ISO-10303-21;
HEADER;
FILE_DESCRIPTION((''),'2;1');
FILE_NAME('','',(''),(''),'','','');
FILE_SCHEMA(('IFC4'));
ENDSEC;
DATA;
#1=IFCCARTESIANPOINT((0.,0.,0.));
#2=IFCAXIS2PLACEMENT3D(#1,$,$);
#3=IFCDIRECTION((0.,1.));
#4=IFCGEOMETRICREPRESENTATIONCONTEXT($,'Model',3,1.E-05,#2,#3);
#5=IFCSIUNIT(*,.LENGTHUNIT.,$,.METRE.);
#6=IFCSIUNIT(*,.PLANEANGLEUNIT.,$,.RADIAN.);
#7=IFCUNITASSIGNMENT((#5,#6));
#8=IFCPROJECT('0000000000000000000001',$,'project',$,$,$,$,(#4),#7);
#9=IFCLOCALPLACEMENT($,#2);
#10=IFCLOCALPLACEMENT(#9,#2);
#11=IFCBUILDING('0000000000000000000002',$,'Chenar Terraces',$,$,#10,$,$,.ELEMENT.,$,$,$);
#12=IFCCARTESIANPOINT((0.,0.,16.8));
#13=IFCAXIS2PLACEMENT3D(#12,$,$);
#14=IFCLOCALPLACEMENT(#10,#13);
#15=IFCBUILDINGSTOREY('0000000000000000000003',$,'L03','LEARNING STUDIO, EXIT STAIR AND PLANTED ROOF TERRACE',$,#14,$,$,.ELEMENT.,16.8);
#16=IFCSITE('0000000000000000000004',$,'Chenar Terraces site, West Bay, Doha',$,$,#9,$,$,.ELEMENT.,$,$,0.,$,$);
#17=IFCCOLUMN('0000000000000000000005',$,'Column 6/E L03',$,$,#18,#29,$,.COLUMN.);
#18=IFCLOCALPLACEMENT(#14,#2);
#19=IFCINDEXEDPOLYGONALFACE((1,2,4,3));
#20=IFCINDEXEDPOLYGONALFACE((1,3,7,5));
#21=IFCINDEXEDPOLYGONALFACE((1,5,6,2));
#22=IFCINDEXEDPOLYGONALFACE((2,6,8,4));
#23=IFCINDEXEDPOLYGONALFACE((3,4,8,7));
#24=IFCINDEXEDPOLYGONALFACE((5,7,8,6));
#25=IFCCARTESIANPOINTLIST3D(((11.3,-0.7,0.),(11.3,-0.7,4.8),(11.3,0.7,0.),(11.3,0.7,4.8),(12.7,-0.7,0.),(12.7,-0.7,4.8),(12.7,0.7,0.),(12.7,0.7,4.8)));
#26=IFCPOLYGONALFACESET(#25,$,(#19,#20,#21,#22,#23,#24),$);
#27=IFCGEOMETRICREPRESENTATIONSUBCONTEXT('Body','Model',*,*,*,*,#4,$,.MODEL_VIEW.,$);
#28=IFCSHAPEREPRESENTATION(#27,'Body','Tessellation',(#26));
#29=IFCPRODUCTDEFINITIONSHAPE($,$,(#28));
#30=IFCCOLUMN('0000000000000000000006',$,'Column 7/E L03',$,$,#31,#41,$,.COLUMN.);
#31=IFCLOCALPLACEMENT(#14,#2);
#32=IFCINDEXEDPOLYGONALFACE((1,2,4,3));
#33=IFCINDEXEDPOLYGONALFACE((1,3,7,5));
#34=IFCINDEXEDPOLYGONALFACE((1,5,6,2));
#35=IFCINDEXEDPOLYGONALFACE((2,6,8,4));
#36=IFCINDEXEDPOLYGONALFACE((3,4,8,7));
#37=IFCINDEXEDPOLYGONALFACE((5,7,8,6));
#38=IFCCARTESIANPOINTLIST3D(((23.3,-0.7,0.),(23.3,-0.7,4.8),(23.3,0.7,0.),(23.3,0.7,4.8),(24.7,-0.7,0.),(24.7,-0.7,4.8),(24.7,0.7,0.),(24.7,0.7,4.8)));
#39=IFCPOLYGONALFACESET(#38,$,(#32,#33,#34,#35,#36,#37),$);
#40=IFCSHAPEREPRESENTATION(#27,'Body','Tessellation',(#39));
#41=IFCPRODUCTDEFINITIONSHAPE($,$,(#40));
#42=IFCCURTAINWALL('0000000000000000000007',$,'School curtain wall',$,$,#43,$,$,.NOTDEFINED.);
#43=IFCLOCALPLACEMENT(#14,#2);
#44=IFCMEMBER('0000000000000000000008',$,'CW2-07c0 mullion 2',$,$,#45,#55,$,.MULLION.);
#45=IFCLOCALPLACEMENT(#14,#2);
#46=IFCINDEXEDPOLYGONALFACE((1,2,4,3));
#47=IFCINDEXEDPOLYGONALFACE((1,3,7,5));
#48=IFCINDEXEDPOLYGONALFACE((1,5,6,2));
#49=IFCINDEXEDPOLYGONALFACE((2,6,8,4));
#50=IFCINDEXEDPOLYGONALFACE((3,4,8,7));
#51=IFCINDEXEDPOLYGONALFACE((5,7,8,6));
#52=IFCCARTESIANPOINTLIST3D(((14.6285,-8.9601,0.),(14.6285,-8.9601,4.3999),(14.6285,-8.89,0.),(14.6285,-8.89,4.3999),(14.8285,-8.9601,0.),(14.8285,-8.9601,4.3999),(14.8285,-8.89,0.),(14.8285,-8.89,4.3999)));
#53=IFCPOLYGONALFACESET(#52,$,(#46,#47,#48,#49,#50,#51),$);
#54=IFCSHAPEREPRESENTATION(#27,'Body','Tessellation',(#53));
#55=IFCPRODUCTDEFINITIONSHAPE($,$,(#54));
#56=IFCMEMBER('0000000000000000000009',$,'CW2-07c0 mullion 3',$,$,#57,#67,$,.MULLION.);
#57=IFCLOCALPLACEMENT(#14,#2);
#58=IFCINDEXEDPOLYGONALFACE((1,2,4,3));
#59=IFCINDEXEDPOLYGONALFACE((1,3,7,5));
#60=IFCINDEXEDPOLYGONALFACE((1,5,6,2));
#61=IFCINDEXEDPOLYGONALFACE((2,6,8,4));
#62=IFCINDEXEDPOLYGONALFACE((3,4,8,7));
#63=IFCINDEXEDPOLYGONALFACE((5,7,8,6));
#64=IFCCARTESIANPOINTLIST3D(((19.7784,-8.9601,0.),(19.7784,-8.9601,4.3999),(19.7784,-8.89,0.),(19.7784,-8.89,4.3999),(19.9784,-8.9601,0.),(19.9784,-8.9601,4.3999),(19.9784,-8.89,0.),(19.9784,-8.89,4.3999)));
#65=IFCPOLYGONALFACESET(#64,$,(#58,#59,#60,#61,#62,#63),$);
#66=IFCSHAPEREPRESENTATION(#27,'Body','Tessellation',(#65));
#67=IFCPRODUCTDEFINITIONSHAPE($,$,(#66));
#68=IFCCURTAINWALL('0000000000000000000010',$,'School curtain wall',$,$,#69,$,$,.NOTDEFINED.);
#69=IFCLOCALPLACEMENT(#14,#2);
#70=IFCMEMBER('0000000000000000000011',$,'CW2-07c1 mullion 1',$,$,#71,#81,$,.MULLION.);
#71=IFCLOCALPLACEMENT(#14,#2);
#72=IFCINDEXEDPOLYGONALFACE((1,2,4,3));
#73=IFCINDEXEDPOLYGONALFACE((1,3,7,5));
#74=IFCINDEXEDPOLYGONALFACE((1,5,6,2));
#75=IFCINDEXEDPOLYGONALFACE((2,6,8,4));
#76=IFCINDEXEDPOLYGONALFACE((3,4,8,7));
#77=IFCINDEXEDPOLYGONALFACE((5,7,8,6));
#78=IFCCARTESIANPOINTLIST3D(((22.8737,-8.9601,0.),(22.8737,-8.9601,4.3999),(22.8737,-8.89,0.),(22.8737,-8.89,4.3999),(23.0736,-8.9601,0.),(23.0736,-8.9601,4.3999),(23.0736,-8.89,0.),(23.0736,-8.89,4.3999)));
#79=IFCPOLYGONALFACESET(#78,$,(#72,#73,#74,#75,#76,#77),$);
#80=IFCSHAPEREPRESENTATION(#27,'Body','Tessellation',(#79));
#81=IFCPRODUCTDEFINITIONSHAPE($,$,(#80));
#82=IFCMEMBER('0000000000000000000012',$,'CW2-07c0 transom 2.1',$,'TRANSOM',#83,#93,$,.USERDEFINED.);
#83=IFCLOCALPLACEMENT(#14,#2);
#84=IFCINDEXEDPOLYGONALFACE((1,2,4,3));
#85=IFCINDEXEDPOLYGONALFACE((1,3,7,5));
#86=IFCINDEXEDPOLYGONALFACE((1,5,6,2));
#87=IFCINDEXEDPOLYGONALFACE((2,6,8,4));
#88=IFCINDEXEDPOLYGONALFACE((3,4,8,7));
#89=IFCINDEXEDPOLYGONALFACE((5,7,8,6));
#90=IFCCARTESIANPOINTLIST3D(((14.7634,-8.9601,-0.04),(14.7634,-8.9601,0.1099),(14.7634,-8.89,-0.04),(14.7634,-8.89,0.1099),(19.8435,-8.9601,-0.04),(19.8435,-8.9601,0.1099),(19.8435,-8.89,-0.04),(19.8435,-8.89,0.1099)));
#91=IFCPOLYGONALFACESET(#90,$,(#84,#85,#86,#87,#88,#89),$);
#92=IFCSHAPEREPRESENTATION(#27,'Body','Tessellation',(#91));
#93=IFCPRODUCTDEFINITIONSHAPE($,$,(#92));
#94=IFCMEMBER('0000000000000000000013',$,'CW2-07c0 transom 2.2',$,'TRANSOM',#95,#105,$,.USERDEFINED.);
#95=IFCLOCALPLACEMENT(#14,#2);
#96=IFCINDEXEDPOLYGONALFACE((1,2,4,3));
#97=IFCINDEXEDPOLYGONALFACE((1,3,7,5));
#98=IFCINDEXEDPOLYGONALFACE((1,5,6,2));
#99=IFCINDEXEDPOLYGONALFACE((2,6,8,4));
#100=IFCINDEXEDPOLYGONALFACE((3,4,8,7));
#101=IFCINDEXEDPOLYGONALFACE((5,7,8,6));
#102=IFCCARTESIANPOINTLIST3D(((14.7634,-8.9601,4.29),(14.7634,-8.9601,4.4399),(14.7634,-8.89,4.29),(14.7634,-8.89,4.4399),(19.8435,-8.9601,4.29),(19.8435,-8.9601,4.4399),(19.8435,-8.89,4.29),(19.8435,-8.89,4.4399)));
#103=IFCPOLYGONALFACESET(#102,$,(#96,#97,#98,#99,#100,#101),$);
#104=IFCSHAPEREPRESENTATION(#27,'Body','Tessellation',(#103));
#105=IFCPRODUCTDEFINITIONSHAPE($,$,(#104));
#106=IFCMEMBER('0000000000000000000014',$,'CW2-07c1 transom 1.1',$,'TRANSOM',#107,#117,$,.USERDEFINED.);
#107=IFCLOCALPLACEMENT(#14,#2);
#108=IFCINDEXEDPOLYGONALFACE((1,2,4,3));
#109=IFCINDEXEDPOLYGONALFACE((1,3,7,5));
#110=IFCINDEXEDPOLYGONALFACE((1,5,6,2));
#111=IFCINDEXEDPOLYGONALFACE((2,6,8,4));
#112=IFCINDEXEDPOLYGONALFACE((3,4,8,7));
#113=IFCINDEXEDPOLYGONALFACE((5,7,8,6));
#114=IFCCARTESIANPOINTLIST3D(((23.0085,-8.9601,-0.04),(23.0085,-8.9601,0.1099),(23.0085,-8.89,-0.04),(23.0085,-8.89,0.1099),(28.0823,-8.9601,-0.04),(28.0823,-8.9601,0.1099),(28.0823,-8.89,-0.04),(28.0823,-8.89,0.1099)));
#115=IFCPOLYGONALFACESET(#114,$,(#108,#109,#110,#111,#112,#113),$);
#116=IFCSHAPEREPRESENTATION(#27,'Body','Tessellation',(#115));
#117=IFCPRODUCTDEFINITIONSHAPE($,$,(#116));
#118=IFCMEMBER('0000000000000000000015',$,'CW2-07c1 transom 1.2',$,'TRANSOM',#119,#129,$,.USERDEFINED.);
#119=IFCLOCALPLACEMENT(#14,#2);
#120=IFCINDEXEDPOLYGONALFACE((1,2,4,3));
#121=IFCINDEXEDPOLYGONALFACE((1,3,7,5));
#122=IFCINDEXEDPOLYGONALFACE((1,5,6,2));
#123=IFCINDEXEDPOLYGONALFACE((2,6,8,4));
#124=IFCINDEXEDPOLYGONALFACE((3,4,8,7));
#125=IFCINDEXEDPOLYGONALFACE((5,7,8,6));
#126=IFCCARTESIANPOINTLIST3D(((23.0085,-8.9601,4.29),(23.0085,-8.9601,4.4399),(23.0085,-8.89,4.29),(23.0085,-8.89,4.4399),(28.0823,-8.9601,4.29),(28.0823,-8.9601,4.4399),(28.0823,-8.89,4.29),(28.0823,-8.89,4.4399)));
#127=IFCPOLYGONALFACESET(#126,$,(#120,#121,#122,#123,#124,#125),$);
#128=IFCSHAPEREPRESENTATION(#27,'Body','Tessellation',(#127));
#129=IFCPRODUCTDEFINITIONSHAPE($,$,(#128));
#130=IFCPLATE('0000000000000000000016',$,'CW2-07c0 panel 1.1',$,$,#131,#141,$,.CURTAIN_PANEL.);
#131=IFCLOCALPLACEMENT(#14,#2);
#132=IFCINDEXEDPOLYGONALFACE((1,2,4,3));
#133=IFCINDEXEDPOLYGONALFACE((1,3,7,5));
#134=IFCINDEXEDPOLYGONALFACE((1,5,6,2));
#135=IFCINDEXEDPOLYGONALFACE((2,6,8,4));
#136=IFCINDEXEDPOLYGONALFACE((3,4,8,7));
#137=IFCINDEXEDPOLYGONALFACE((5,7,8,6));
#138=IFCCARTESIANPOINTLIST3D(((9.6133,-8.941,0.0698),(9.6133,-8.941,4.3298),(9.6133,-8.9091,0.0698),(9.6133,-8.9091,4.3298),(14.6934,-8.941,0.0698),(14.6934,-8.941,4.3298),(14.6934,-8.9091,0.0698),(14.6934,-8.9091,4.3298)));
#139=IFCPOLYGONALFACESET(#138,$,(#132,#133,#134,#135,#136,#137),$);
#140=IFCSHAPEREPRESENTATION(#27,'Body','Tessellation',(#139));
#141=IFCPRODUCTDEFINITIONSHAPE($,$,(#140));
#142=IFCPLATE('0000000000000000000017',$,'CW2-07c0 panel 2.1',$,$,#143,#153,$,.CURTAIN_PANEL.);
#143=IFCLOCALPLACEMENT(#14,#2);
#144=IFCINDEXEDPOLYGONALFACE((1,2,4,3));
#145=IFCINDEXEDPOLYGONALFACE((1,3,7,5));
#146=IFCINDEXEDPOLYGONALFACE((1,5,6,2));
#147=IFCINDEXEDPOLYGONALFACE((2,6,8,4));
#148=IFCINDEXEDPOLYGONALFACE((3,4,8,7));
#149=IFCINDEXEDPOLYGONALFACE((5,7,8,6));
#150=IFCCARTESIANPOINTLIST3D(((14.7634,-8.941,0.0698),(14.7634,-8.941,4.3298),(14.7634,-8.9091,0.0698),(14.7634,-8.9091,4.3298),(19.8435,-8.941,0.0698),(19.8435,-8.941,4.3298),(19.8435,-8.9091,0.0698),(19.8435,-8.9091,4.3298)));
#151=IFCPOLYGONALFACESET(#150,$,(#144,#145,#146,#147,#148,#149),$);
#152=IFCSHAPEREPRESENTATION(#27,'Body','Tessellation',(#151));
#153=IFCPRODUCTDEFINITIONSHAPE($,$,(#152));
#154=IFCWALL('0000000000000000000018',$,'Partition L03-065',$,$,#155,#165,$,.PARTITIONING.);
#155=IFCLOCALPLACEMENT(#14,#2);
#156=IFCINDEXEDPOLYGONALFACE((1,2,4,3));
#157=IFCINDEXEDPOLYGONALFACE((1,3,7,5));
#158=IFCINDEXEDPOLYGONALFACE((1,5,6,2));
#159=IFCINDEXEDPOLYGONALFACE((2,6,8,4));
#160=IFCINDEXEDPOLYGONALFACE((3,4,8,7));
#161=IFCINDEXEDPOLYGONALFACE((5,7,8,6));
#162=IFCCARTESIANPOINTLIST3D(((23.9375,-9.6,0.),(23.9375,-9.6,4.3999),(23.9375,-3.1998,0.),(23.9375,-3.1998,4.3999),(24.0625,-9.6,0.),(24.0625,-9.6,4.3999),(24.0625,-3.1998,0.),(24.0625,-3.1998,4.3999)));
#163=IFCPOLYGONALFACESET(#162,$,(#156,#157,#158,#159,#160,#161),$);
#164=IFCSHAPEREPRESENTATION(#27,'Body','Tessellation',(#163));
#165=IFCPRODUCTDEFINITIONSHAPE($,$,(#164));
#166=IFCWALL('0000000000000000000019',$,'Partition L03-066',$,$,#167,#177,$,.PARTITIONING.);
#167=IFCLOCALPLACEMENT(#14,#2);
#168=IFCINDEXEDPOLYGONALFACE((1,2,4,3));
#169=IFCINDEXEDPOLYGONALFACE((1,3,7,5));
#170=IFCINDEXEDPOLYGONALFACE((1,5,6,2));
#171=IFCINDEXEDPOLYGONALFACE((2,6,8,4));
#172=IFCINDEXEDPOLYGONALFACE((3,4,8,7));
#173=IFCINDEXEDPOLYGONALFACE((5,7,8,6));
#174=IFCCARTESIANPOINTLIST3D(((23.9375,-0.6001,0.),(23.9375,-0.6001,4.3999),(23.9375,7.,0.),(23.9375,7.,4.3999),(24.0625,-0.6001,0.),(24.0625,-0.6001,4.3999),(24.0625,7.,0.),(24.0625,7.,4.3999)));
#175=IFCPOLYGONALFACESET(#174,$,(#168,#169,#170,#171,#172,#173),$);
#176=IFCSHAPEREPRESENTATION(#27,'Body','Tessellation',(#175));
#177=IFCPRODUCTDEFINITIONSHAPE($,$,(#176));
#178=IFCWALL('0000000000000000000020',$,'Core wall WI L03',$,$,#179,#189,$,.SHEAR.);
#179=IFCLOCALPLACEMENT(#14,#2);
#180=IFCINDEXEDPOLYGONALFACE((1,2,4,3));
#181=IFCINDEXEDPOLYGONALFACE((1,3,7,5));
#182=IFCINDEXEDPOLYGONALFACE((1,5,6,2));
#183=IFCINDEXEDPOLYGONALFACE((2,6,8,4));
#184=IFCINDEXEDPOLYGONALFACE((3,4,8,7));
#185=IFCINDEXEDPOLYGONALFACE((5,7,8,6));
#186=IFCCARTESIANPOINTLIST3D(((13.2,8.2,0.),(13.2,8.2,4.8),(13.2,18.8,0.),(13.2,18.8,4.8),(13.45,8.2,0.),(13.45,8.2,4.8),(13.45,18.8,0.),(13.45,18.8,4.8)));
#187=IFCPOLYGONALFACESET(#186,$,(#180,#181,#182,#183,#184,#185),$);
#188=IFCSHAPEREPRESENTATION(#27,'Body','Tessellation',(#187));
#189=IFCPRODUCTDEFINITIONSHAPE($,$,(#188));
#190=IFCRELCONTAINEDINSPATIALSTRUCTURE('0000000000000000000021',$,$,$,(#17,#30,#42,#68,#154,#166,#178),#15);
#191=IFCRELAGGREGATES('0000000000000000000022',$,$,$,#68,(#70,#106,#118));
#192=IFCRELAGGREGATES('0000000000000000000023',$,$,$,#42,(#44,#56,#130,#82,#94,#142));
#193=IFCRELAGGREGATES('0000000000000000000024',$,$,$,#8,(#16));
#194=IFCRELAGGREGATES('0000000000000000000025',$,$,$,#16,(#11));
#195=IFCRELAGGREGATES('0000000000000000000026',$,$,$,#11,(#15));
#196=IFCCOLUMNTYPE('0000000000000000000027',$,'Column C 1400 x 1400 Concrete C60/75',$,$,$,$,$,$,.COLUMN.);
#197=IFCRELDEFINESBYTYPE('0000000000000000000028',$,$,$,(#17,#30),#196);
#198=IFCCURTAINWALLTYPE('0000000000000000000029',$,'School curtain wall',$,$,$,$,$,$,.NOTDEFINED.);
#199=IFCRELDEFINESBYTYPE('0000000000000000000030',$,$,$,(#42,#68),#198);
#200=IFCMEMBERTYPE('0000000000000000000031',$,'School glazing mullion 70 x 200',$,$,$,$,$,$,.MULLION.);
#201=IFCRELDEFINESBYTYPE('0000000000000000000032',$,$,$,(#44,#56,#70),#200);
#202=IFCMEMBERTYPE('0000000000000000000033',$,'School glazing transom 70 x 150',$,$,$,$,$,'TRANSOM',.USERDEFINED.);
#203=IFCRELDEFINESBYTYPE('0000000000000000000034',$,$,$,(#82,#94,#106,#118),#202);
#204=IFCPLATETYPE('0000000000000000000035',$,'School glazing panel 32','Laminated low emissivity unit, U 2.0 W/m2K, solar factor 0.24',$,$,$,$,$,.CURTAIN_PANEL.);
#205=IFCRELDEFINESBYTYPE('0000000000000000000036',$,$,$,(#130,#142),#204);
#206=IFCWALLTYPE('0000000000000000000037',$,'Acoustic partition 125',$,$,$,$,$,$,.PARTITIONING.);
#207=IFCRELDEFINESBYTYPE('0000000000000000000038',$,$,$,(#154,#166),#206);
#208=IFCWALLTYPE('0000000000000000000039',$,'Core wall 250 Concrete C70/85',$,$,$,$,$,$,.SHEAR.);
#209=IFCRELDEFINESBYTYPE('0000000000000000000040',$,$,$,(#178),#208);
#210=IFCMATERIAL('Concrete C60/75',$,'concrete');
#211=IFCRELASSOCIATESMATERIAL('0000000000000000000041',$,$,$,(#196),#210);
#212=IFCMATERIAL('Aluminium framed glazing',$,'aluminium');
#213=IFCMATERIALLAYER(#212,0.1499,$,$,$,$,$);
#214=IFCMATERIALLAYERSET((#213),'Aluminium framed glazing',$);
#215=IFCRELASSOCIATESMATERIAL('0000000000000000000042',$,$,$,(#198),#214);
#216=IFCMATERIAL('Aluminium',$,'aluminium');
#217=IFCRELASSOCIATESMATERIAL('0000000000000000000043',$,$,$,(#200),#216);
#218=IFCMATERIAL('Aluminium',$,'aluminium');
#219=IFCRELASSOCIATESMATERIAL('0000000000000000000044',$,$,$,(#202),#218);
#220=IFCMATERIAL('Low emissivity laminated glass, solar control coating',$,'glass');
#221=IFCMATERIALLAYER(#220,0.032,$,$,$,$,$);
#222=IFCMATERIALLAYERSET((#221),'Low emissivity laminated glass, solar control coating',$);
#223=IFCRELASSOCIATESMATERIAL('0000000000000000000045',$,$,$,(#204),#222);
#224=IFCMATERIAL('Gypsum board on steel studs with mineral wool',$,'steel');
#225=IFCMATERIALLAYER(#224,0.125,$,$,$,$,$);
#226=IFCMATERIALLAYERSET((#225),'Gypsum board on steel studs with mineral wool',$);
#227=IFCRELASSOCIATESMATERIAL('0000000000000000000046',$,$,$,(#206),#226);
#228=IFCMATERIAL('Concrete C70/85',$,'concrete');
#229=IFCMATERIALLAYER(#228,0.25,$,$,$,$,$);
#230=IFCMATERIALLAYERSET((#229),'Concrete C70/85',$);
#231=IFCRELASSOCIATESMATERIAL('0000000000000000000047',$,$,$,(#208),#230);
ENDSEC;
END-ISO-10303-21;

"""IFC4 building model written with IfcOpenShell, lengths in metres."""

from ifc_helpers import new_model, si_unit, direction, frame, frame_2d, origin, origin_2d, place, context, subcontext, project, spatial, rectangle, extrude, material, layer, layer_set, material_profile, profile_set, type_object, element, aggregate, save


model = new_model("IFC4")

# Units and contexts
model_context = context("Model", 3, precision=1e-05, world=origin(), true_north=direction((0.0, 1.0)))
body_context = subcontext(model_context, "Body", "Model", "MODEL_VIEW")
ifc_project = project(units=[si_unit("LENGTHUNIT", "METRE"), si_unit("PLANEANGLEUNIT", "RADIAN")], contexts=[model_context])

# Site, building, storey
site_placement = place(None, origin())
site = spatial("IfcSite", under=ifc_project, at=site_placement, Name="Chenar Terraces site, West Bay, Doha", CompositionType="ELEMENT", RefElevation=0.0)
building_placement = place(site_placement, origin())
building = spatial("IfcBuilding", under=site, at=building_placement, Name="Chenar Terraces", CompositionType="ELEMENT")
storey_placement = place(building_placement, frame((0.0, 0.0, 16.8)))
storey = spatial("IfcBuildingStorey", under=building, at=storey_placement, Name="L03", Description="LEARNING STUDIO, EXIT STAIR AND PLANTED ROOF TERRACE", CompositionType="ELEMENT", Elevation=16.8)

# Columns
ifc_material_1 = material(Name="Concrete C60/75", Category="concrete")
ifc_material_profile_1 = material_profile(ifc_material_1, rectangle(XDim=1.3999, YDim=1.3999, at=origin_2d()), Name="C 1400 x 1400")
ifc_profile_set_1 = profile_set([ifc_material_profile_1], Name="Concrete C60/75")
column_type = type_object("IfcColumnType", Name="Column C 1400 x 1400 Concrete C60/75", PredefinedType="COLUMN", material=ifc_profile_set_1)
for number, where, z_axis, x_axis, name in (
    (1, (12.0, 0.0, 0.0), (0.0, 0.0, 1.0), (1.0, 0.0, 0.0), "Column 6/E L03"),
    (2, (24.0, 0.0, 0.0), (0.0, 0.0, 1.0), (1.0, 0.0, 0.0), "Column 7/E L03"),
):
    element("IfcColumn", number, at=place(storey_placement, frame(where, z_axis=z_axis, x_axis=x_axis)), inside=storey, type_object=column_type, Name=name, PredefinedType="COLUMN", context=body_context, shape_type="SweptSolid", body=[
        extrude(rectangle(XDim=1.3999, YDim=1.3999, at=origin_2d()), origin(), (0.0, 0.0, 1.0), 4.8),
    ])

# Curtain wall, members
ifc_material_2 = material(Name="Aluminium framed glazing", Category="aluminium")
ifc_layer_1 = layer(ifc_material_2, 0.1499)
ifc_layer_set_1 = layer_set([ifc_layer_1], Name="Aluminium framed glazing")
curtain_wall_type = type_object("IfcCurtainWallType", Name="School curtain wall", PredefinedType="NOTDEFINED", material=ifc_layer_set_1)
placement = place(storey_placement, origin())
curtain_wall_1 = element("IfcCurtainWall", 3, at=placement, inside=storey, type_object=curtain_wall_type, Name="School curtain wall", PredefinedType="NOTDEFINED")
ifc_material_3 = material(Name="Aluminium", Category="aluminium")
ifc_material_profile_2 = material_profile(ifc_material_3, rectangle(XDim=0.0701, YDim=0.2, at=origin_2d()), Name="School glazing mullion 70 x 200")
ifc_profile_set_2 = profile_set([ifc_material_profile_2], Name="Aluminium")
member_type_1 = type_object("IfcMemberType", Name="School glazing mullion 70 x 200", PredefinedType="MULLION", material=ifc_profile_set_2)
member_1_placement = place(storey_placement, frame((14.7285, -8.925, 0.0), z_axis=(0.0, 0.0, 1.0), x_axis=(0.0, 1.0, 0.0)))
member_1 = element("IfcMember", 4, at=member_1_placement, type_object=member_type_1, Name="CW2-07c0 mullion 2", PredefinedType="MULLION", context=body_context, shape_type="SweptSolid", body=[
    extrude(rectangle(XDim=0.0701, YDim=0.2, at=origin_2d()), origin(), (0.0, 0.0, 1.0), 4.3999),
])
member_2_placement = place(storey_placement, frame((19.8784, -8.925, 0.0), z_axis=(0.0, 0.0, 1.0), x_axis=(0.0, 1.0, 0.0)))
member_2 = element("IfcMember", 5, at=member_2_placement, type_object=member_type_1, Name="CW2-07c0 mullion 3", PredefinedType="MULLION", context=body_context, shape_type="SweptSolid", body=[
    extrude(rectangle(XDim=0.0701, YDim=0.2, at=origin_2d()), origin(), (0.0, 0.0, 1.0), 4.3999),
])

# Curtain wall, member
curtain_wall_2 = element("IfcCurtainWall", 6, at=placement, inside=storey, type_object=curtain_wall_type, Name="School curtain wall", PredefinedType="NOTDEFINED")
member_3_placement = place(storey_placement, frame((22.9736, -8.925, 0.0), z_axis=(0.0, 0.0, 1.0), x_axis=(0.0, 1.0, 0.0)))
member_3 = element("IfcMember", 7, at=member_3_placement, type_object=member_type_1, Name="CW2-07c1 mullion 1", PredefinedType="MULLION", context=body_context, shape_type="SweptSolid", body=[
    extrude(rectangle(XDim=0.0701, YDim=0.2, at=origin_2d()), origin(), (0.0, 0.0, 1.0), 4.3999),
])

# Members
ifc_material_4 = material(Name="Aluminium", Category="aluminium")
ifc_material_profile_3 = material_profile(ifc_material_4, rectangle(XDim=0.0701, YDim=0.1499, at=origin_2d()), Name="School glazing transom 70 x 150")
ifc_profile_set_3 = profile_set([ifc_material_profile_3], Name="Aluminium")
member_type_2 = type_object("IfcMemberType", Name="School glazing transom 70 x 150", ElementType="TRANSOM", PredefinedType="USERDEFINED", material=ifc_profile_set_3)
member_4_placement = place(storey_placement, frame((14.7634, -8.925, 0.0349), z_axis=(1.0, 0.0, 0.0), x_axis=(0.0, 1.0, 0.0)))
member_4 = element("IfcMember", 8, at=member_4_placement, type_object=member_type_2, Name="CW2-07c0 transom 2.1", ObjectType="TRANSOM", PredefinedType="USERDEFINED", context=body_context, shape_type="SweptSolid", body=[
    extrude(rectangle(XDim=0.0701, YDim=0.1499, at=origin_2d()), origin(), (0.0, 0.0, 1.0), 5.0801),
])
member_5_placement = place(storey_placement, frame((14.7634, -8.925, 4.365), z_axis=(1.0, 0.0, 0.0), x_axis=(0.0, 1.0, 0.0)))
member_5 = element("IfcMember", 9, at=member_5_placement, type_object=member_type_2, Name="CW2-07c0 transom 2.2", ObjectType="TRANSOM", PredefinedType="USERDEFINED", context=body_context, shape_type="SweptSolid", body=[
    extrude(rectangle(XDim=0.0701, YDim=0.1499, at=origin_2d()), origin(), (0.0, 0.0, 1.0), 5.0801),
])
member_6_placement = place(storey_placement, frame((23.0085, -8.925, 0.0349), z_axis=(1.0, 0.0, 0.0), x_axis=(0.0, 1.0, 0.0)))
member_6 = element("IfcMember", 10, at=member_6_placement, type_object=member_type_2, Name="CW2-07c1 transom 1.1", ObjectType="TRANSOM", PredefinedType="USERDEFINED", context=body_context, shape_type="SweptSolid", body=[
    extrude(rectangle(XDim=0.0701, YDim=0.1499, at=origin_2d()), origin(), (0.0, 0.0, 1.0), 5.0737),
])
member_7_placement = place(storey_placement, frame((23.0085, -8.925, 4.365), z_axis=(1.0, 0.0, 0.0), x_axis=(0.0, 1.0, 0.0)))
member_7 = element("IfcMember", 11, at=member_7_placement, type_object=member_type_2, Name="CW2-07c1 transom 1.2", ObjectType="TRANSOM", PredefinedType="USERDEFINED", context=body_context, shape_type="SweptSolid", body=[
    extrude(rectangle(XDim=0.0701, YDim=0.1499, at=origin_2d()), origin(), (0.0, 0.0, 1.0), 5.0737),
])
aggregate(curtain_wall_2, [member_3, member_6, member_7])

# Plates
ifc_material_5 = material(Name="Low emissivity laminated glass, solar control coating", Category="glass")
ifc_layer_2 = layer(ifc_material_5, 0.032)
ifc_layer_set_2 = layer_set([ifc_layer_2], Name="Low emissivity laminated glass, solar control coating")
plate_type = type_object("IfcPlateType", Name="School glazing panel 32", Description="Laminated low emissivity unit, U 2.0 W/m2K, solar factor 0.24", PredefinedType="CURTAIN_PANEL", material=ifc_layer_set_2)
plate_1_placement = place(storey_placement, frame((12.1533, -8.925, 0.0698), z_axis=(0.0, 0.0, 1.0), x_axis=(1.0, 0.0, 0.0)))
plate_1 = element("IfcPlate", 12, at=plate_1_placement, type_object=plate_type, Name="CW2-07c0 panel 1.1", PredefinedType="CURTAIN_PANEL", context=body_context, shape_type="SweptSolid", body=[
    extrude(rectangle(XDim=5.0801, YDim=0.032, at=origin_2d()), origin(), (0.0, 0.0, 1.0), 4.26),
])
plate_2_placement = place(storey_placement, frame((17.3035, -8.925, 0.0698), z_axis=(0.0, 0.0, 1.0), x_axis=(1.0, 0.0, 0.0)))
plate_2 = element("IfcPlate", 13, at=plate_2_placement, type_object=plate_type, Name="CW2-07c0 panel 2.1", PredefinedType="CURTAIN_PANEL", context=body_context, shape_type="SweptSolid", body=[
    extrude(rectangle(XDim=5.0801, YDim=0.032, at=origin_2d()), origin(), (0.0, 0.0, 1.0), 4.26),
])
aggregate(curtain_wall_1, [member_1, member_2, plate_1, member_4, member_5, plate_2])

# Walls
ifc_material_6 = material(Name="Gypsum board on steel studs with mineral wool", Category="steel")
ifc_layer_3 = layer(ifc_material_6, 0.125)
ifc_layer_set_3 = layer_set([ifc_layer_3], Name="Gypsum board on steel studs with mineral wool")
wall_type_1 = type_object("IfcWallType", Name="Acoustic partition 125", PredefinedType="PARTITIONING", material=ifc_layer_set_3)
wall_1_placement = place(storey_placement, frame((24.0, -9.6001, 0.0), z_axis=(0.0, 0.0, 1.0), x_axis=(0.0, 1.0, 0.0)))
element("IfcWall", 14, at=wall_1_placement, inside=storey, type_object=wall_type_1, Name="Partition L03-065", PredefinedType="PARTITIONING", context=body_context, shape_type="SweptSolid", body=[
    extrude(rectangle(XDim=6.4001, YDim=0.125, at=frame_2d((3.2002, 0.0))), origin(), (0.0, 0.0, 1.0), 4.3999),
])
wall_2_placement = place(storey_placement, frame((24.0, -0.6001, 0.0), z_axis=(0.0, 0.0, 1.0), x_axis=(0.0, 1.0, 0.0)))
element("IfcWall", 15, at=wall_2_placement, inside=storey, type_object=wall_type_1, Name="Partition L03-066", PredefinedType="PARTITIONING", context=body_context, shape_type="SweptSolid", body=[
    extrude(rectangle(XDim=7.6001, YDim=0.125, at=frame_2d((3.8, 0.0))), origin(), (0.0, 0.0, 1.0), 4.3999),
])
ifc_material_7 = material(Name="Concrete C70/85", Category="concrete")
ifc_layer_4 = layer(ifc_material_7, 0.25)
ifc_layer_set_4 = layer_set([ifc_layer_4], Name="Concrete C70/85")
wall_type_2 = type_object("IfcWallType", Name="Core wall 250 Concrete C70/85", PredefinedType="SHEAR", material=ifc_layer_set_4)
wall_3_placement = place(storey_placement, frame((13.325, 8.2, 0.0), z_axis=(0.0, 0.0, 1.0), x_axis=(0.0, 1.0, 0.0)))
element("IfcWall", 16, at=wall_3_placement, inside=storey, type_object=wall_type_2, Name="Core wall WI L03", PredefinedType="SHEAR", context=body_context, shape_type="SweptSolid", body=[
    extrude(rectangle(XDim=10.6001, YDim=0.25, at=frame_2d((5.3, 0.0))), origin(), (0.0, 0.0, 1.0), 4.8),
])

save(model, "model.ifc")
